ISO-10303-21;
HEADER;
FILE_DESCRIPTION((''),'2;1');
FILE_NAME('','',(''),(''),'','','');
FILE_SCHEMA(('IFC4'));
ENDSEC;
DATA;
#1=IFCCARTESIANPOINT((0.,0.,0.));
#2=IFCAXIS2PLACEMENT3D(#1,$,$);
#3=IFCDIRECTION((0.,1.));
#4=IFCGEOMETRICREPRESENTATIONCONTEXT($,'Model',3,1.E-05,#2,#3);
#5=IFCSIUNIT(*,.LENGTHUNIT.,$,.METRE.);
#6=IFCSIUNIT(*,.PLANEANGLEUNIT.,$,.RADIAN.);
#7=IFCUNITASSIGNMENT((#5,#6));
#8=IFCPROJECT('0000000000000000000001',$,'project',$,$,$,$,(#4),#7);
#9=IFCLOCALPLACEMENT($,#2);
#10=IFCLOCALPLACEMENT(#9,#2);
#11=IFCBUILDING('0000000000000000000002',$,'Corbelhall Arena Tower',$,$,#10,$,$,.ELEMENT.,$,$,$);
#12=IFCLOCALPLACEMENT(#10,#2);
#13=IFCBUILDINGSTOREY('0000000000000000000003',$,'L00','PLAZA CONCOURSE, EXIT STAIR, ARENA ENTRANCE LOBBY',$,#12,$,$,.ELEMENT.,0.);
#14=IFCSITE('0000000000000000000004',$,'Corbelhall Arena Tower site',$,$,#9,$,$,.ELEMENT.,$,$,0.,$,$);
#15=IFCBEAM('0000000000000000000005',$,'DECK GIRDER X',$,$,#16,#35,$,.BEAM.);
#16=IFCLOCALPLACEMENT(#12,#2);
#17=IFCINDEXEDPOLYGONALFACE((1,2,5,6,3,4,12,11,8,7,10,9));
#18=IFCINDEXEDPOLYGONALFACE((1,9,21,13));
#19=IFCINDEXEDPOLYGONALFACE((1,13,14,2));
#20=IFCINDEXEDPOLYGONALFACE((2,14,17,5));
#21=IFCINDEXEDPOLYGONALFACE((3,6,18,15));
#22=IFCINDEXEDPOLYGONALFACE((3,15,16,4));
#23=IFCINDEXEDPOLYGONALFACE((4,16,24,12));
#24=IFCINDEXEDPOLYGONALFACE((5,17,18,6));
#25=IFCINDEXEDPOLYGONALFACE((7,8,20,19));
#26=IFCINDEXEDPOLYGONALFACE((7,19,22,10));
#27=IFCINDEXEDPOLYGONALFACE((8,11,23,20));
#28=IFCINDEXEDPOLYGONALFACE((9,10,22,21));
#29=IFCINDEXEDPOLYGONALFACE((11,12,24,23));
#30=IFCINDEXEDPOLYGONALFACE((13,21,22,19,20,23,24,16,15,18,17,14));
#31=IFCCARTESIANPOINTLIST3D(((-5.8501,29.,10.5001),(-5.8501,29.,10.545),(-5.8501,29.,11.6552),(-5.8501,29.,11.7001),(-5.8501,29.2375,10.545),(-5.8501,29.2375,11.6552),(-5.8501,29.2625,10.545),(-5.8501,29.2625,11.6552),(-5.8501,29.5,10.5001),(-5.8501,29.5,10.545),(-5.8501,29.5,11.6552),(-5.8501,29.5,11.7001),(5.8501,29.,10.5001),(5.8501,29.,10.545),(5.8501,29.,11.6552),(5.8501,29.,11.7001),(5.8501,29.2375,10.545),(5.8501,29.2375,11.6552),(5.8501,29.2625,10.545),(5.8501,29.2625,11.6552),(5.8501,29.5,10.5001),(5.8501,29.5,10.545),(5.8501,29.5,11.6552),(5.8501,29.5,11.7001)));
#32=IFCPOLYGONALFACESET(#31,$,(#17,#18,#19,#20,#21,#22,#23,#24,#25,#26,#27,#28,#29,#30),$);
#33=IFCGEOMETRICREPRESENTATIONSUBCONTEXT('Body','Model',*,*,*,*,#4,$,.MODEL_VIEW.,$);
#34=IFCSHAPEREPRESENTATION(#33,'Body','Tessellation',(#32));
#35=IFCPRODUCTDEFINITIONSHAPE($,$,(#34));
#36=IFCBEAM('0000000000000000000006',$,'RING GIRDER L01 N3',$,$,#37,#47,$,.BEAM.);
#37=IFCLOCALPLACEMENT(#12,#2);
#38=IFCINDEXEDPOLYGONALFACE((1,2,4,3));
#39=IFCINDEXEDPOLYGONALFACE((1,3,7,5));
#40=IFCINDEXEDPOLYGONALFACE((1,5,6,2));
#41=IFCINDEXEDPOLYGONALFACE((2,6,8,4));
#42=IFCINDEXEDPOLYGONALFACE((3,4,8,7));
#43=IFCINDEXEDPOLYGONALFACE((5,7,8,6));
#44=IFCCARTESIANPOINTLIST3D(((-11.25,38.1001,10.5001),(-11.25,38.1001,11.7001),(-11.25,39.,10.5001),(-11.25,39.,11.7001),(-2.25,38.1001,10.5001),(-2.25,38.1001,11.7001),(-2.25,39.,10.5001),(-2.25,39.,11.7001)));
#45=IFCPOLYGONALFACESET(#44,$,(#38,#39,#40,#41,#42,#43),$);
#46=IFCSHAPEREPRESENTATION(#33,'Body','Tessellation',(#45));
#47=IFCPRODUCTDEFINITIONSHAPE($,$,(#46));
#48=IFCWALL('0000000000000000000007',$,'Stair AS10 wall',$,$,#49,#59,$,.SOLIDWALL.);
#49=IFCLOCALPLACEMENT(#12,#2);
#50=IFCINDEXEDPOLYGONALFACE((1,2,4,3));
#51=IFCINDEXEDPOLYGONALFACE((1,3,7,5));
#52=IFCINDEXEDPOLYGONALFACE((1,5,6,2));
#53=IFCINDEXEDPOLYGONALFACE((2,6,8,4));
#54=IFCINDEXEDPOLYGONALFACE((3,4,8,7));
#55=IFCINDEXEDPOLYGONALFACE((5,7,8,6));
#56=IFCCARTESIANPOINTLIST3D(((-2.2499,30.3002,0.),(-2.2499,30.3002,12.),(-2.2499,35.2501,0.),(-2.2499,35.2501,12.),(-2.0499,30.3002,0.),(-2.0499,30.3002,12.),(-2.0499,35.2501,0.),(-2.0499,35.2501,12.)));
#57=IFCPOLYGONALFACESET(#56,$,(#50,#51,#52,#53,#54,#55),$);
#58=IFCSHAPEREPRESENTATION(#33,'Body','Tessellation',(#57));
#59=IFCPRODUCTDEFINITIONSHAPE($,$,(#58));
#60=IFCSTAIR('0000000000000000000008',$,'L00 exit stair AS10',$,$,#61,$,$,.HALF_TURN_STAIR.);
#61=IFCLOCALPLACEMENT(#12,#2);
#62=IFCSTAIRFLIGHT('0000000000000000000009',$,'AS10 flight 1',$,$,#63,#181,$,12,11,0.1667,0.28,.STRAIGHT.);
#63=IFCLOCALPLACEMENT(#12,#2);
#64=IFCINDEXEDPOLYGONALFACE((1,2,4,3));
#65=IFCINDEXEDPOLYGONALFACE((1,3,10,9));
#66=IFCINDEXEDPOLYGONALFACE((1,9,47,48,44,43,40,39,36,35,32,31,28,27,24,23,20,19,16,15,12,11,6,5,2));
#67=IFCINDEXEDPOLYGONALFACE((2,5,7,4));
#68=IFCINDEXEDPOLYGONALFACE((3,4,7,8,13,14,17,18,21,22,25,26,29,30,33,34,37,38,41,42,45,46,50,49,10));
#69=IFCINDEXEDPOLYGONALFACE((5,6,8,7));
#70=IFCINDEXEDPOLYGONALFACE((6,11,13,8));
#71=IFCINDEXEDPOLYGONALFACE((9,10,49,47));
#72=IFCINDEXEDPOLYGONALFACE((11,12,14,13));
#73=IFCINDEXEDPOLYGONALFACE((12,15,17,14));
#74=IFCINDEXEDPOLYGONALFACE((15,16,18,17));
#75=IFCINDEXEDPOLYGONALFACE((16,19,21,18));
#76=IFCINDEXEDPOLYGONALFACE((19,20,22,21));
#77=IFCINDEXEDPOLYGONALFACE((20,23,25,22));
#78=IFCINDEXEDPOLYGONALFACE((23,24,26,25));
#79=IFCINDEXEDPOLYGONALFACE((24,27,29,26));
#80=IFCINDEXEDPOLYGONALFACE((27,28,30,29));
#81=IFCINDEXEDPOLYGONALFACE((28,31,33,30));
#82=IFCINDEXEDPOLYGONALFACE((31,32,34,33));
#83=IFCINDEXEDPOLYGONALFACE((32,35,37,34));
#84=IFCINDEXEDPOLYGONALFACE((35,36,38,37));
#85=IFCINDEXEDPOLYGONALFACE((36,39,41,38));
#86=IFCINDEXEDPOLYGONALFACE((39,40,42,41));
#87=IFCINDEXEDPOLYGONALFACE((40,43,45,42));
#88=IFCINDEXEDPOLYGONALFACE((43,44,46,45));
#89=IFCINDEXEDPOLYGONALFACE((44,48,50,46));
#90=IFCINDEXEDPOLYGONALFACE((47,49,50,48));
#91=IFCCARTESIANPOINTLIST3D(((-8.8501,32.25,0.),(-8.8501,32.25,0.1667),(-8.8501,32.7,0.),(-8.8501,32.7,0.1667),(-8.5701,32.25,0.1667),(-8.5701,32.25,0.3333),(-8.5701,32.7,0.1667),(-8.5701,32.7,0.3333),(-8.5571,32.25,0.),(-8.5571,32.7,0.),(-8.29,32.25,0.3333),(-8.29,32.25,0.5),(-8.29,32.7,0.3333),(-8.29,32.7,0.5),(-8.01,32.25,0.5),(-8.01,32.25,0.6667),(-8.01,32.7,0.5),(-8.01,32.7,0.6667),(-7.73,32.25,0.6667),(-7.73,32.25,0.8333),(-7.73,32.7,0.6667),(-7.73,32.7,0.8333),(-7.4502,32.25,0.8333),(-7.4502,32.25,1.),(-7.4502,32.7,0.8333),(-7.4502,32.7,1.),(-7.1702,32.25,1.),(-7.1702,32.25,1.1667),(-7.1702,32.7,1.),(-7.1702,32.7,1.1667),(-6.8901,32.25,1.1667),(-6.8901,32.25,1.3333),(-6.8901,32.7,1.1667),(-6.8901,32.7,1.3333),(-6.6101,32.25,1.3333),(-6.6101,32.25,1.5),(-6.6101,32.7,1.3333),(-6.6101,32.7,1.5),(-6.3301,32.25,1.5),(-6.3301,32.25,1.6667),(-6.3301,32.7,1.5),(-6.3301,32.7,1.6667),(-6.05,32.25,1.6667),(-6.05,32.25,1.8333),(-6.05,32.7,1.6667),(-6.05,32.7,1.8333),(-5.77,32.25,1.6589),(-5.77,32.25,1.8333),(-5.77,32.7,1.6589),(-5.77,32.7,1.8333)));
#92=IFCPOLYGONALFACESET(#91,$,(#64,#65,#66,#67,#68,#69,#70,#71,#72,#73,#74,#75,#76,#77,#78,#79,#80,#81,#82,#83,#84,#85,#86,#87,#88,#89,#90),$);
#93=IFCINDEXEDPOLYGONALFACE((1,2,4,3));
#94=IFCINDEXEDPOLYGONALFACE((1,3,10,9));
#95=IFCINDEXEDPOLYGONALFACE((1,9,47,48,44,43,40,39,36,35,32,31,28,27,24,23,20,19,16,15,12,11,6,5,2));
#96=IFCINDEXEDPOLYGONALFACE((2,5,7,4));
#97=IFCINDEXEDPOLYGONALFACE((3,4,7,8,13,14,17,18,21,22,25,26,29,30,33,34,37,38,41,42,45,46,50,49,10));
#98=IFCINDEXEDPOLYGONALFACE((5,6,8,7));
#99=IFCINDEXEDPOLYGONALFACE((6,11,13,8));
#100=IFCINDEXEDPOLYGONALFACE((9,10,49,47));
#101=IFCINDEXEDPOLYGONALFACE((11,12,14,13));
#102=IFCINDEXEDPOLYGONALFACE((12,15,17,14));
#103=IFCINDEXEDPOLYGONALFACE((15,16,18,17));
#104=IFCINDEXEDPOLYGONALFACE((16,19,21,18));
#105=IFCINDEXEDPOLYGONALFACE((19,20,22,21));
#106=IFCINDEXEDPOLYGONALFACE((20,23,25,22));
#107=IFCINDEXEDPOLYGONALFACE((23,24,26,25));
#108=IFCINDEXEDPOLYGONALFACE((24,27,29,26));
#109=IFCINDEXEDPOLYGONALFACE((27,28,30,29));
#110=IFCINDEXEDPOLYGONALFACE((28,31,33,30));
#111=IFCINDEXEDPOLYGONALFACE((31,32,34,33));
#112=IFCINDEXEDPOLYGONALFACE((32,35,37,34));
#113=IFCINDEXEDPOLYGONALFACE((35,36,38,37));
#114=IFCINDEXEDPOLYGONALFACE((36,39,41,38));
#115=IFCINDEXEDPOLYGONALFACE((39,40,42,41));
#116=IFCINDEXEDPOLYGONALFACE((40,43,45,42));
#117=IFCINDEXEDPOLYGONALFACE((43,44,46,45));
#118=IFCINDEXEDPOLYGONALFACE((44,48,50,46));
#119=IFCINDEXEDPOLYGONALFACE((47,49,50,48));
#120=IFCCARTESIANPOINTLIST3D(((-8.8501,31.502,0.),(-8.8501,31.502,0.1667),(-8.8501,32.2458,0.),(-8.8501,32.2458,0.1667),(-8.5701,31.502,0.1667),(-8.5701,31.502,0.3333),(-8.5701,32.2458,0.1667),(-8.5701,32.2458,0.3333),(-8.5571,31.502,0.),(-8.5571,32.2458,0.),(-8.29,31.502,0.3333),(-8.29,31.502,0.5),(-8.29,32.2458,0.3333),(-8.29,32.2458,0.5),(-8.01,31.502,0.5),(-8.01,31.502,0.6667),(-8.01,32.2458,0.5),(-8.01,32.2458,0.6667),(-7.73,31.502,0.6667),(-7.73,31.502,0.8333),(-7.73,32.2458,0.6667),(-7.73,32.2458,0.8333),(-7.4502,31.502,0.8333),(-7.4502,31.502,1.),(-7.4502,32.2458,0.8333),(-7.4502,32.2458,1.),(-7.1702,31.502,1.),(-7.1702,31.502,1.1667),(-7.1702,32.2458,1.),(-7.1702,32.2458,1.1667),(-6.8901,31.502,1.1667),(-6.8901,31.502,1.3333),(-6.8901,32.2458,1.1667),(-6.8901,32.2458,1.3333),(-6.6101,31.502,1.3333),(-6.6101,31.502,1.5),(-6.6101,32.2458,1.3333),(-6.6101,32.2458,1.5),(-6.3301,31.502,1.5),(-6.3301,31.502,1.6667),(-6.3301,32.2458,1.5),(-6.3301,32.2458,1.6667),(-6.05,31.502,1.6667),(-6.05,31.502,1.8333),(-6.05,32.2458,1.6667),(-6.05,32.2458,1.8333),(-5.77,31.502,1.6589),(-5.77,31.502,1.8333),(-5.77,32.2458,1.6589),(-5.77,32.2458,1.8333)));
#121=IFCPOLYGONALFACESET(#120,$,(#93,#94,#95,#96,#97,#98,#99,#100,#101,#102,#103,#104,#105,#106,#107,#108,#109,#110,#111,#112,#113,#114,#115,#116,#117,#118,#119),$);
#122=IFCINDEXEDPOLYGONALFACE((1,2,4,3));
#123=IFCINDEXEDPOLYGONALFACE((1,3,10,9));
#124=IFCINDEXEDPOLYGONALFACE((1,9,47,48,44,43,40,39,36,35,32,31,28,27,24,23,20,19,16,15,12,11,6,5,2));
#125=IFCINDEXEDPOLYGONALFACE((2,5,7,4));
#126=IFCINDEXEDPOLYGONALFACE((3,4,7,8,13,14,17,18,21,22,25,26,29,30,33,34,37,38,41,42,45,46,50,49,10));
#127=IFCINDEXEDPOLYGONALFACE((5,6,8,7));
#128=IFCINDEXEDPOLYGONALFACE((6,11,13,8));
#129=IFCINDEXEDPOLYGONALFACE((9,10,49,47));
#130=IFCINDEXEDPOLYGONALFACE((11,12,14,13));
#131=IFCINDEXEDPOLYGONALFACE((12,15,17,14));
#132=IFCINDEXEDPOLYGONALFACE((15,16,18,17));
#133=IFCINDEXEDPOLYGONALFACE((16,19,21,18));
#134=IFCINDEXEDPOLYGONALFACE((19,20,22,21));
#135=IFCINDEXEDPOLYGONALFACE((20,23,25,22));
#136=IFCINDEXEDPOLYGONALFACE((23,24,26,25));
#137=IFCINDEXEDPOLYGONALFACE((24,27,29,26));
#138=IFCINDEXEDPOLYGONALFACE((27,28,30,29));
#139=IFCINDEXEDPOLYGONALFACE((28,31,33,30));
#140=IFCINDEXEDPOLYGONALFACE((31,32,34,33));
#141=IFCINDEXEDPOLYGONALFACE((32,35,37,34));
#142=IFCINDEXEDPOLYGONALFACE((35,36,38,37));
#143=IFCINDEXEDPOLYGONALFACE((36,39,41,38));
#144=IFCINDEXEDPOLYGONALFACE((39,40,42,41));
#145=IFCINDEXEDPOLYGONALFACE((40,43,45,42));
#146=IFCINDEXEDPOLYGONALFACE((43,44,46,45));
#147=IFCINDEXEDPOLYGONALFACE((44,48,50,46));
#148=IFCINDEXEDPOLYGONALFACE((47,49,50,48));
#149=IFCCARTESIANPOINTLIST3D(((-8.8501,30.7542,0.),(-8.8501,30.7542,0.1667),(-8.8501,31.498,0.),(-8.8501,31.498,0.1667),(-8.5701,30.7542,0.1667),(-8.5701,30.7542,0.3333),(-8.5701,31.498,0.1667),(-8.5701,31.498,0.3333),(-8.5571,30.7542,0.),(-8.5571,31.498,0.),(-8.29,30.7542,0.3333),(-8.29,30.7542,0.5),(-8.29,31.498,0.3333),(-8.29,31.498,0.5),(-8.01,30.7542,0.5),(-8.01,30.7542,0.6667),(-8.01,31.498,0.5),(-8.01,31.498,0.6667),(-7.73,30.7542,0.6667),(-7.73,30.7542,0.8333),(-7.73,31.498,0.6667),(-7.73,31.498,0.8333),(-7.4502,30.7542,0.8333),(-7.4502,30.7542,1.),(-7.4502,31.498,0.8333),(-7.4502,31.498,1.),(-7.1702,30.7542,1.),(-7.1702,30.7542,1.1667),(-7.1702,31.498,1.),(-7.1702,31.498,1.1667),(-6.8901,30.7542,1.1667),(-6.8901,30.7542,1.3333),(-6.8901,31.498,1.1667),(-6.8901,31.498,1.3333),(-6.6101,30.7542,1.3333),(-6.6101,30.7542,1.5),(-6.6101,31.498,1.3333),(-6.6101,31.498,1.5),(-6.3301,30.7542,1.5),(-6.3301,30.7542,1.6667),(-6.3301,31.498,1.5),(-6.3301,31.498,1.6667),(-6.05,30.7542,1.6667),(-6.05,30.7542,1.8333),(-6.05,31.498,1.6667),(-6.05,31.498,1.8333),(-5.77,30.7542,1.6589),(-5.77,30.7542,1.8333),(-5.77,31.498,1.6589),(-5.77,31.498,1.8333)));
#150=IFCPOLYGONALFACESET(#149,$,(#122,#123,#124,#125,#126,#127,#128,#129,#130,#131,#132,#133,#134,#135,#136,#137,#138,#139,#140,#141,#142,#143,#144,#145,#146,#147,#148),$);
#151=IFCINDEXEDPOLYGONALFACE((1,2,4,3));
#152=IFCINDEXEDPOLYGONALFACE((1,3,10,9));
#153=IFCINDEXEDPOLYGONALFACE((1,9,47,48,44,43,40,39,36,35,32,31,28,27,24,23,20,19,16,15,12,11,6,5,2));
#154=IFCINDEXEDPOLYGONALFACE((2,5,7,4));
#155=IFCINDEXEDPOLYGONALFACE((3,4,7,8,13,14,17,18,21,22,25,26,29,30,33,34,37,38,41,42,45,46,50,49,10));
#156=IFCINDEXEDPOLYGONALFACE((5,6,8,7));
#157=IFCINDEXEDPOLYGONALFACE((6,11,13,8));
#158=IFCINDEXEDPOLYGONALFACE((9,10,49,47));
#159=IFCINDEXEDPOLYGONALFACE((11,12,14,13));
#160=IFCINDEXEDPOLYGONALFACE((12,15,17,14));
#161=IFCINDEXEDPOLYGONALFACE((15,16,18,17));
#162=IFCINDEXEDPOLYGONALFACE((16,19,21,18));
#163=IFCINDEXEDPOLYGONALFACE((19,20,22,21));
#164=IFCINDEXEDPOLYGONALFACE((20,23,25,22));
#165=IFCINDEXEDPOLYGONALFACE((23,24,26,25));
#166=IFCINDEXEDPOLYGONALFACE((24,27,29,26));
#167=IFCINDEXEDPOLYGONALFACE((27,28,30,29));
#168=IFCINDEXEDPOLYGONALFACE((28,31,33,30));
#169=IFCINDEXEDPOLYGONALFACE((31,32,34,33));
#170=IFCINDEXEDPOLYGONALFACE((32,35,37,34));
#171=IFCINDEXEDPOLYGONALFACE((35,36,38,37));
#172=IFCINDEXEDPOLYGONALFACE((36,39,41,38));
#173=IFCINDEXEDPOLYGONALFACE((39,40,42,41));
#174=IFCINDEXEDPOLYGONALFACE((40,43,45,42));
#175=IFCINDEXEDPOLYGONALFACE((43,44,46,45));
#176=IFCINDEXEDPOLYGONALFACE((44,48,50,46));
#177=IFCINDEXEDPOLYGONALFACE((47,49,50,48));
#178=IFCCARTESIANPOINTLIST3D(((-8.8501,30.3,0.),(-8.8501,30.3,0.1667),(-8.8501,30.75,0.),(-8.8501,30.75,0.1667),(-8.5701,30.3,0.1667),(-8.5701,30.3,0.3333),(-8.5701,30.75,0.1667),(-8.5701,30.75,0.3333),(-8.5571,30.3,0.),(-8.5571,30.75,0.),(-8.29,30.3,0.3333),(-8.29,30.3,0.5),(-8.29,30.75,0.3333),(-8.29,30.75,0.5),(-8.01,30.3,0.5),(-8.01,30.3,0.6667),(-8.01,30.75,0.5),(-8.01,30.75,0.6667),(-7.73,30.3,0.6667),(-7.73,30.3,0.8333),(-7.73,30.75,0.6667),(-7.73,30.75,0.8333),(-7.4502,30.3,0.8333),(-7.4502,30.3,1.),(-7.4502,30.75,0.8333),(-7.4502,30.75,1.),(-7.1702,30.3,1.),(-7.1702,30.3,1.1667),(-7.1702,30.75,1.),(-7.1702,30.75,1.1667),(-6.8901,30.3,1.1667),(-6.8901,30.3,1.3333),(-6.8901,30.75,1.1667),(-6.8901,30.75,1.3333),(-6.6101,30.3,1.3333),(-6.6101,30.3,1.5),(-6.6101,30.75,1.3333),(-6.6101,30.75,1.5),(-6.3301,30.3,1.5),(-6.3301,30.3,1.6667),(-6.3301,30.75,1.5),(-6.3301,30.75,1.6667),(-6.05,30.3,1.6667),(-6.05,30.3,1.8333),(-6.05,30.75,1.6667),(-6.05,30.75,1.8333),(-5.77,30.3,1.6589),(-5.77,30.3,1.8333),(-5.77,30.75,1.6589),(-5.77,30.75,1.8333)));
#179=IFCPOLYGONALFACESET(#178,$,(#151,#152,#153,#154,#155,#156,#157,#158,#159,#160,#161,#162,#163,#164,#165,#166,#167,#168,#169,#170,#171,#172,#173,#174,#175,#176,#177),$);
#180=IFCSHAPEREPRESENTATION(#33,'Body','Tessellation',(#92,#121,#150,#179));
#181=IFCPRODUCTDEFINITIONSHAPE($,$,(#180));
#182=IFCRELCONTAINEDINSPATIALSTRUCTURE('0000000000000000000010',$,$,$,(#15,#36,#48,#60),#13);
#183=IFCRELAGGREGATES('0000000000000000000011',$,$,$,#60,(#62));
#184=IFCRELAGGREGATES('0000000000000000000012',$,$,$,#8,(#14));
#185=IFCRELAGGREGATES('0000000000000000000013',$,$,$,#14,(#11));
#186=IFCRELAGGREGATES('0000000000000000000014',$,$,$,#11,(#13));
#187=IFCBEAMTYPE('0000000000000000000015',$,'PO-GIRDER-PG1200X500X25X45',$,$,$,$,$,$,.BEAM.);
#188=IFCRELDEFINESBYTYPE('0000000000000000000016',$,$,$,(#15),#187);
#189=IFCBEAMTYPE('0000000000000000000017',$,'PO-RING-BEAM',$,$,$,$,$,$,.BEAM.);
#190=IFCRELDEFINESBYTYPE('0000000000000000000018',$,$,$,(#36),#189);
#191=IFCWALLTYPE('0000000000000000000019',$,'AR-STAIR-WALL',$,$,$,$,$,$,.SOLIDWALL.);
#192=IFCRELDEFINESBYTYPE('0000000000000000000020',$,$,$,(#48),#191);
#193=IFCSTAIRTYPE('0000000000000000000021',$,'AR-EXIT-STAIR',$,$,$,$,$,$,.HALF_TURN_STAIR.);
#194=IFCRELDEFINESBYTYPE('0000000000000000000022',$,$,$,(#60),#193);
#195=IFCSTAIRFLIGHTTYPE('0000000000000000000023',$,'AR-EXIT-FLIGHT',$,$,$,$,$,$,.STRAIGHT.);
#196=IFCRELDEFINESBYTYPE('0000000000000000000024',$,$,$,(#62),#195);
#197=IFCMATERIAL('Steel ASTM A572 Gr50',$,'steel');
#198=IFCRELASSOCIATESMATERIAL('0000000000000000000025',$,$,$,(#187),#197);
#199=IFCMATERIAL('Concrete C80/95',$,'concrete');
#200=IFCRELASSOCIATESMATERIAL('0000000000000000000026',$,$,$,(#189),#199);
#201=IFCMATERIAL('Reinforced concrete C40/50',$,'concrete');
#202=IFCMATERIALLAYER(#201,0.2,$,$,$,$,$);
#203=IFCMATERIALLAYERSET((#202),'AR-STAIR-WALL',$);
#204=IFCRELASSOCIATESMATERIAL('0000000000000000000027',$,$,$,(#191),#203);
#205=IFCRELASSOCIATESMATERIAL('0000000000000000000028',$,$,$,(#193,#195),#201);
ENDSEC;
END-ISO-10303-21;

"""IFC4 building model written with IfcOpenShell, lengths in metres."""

from ifc_helpers import new_model, si_unit, direction, frame, frame_2d, origin, origin_2d, place, context, subcontext, project, spatial, polyline, rectangle, i_section, outline, extrude, material, layer, layer_set, material_profile, profile_set, type_object, element, aggregate, save


model = new_model("IFC4")

# Units and contexts
model_context = context("Model", 3, precision=1e-05, world=origin(), true_north=direction((0.0, 1.0)))
body_context = subcontext(model_context, "Body", "Model", "MODEL_VIEW")
ifc_project = project(units=[si_unit("LENGTHUNIT", "METRE"), si_unit("PLANEANGLEUNIT", "RADIAN")], contexts=[model_context])

# Site, building, storey
site_placement = place(None, origin())
site = spatial("IfcSite", under=ifc_project, at=site_placement, Name="Corbelhall Arena Tower site", CompositionType="ELEMENT", RefElevation=0.0)
building_placement = place(site_placement, origin())
building = spatial("IfcBuilding", under=site, at=building_placement, Name="Corbelhall Arena Tower", CompositionType="ELEMENT")
storey_placement = place(building_placement, origin())
storey = spatial("IfcBuildingStorey", under=building, at=storey_placement, Name="L00", Description="PLAZA CONCOURSE, EXIT STAIR, ARENA ENTRANCE LOBBY", CompositionType="ELEMENT", Elevation=0.0)

# Shared definitions
ifc_material_1 = material(Name="Concrete C80/95", Category="concrete")

# Beams
ifc_material_2 = material(Name="Steel ASTM A572 Gr50", Category="steel")
ifc_material_profile_1 = material_profile(ifc_material_2, i_section(OverallWidth=0.5, OverallDepth=1.2, WebThickness=0.0249, FlangeThickness=0.0449, at=origin_2d()))
ifc_profile_set_1 = profile_set([ifc_material_profile_1], Name="Steel ASTM A572 Gr50")
beam_type_1 = type_object("IfcBeamType", Name="PO-GIRDER-PG1200X500X25X45", PredefinedType="BEAM", material=ifc_profile_set_1)
beam_1_placement = place(storey_placement, frame((-5.8501, 29.25, 11.1001), z_axis=(1.0, 0.0, 0.0), x_axis=(0.0, 1.0, 0.0)))
element("IfcBeam", 1, at=beam_1_placement, inside=storey, type_object=beam_type_1, Name="DECK GIRDER X", PredefinedType="BEAM", context=body_context, shape_type="SweptSolid", body=[
    extrude(i_section(OverallWidth=0.5, OverallDepth=1.2, WebThickness=0.0249, FlangeThickness=0.0449, at=origin_2d()), origin(), (0.0, 0.0, 1.0), 11.7002),
])
ifc_material_profile_2 = material_profile(ifc_material_1, rectangle(XDim=0.8999, YDim=1.2, at=origin_2d()))
ifc_profile_set_2 = profile_set([ifc_material_profile_2], Name="Concrete C80/95")
beam_type_2 = type_object("IfcBeamType", Name="PO-RING-BEAM", PredefinedType="BEAM", material=ifc_profile_set_2)
beam_2_placement = place(storey_placement, frame((-11.25, 38.55, 11.1001), z_axis=(1.0, 0.0, 0.0), x_axis=(0.0, 1.0, 0.0)))
element("IfcBeam", 2, at=beam_2_placement, inside=storey, type_object=beam_type_2, Name="RING GIRDER L01 N3", PredefinedType="BEAM", context=body_context, shape_type="SweptSolid", body=[
    extrude(rectangle(XDim=0.8999, YDim=1.2, at=origin_2d()), origin(), (0.0, 0.0, 1.0), 9.0),
])

# Shared definitions
ifc_material_3 = material(Name="Reinforced concrete C40/50", Category="concrete")
ifc_layer = layer(ifc_material_3, 0.2)
ifc_layer_set = layer_set([ifc_layer], Name="AR-STAIR-WALL")
wall_type = type_object("IfcWallType", Name="AR-STAIR-WALL", PredefinedType="SOLIDWALL", material=ifc_layer_set)

# Wall
wall_1_placement = place(storey_placement, frame((-2.1499, 30.3, 0.0), z_axis=(0.0, 0.0, 1.0), x_axis=(0.0, 1.0, 0.0)))
element("IfcWall", 3, at=wall_1_placement, inside=storey, type_object=wall_type, Name="Stair AS10 wall", PredefinedType="SOLIDWALL", context=body_context, shape_type="SweptSolid", body=[
    extrude(rectangle(XDim=4.95, YDim=0.2, at=frame_2d((2.4751, 0.0))), origin(), (0.0, 0.0, 1.0), 12.0),
])

# Stair, stair flight
stair_type = type_object("IfcStairType", Name="AR-EXIT-STAIR", PredefinedType="HALF_TURN_STAIR", material=ifc_material_3)
stair_placement = place(storey_placement, origin())
stair = element("IfcStair", 4, at=stair_placement, inside=storey, type_object=stair_type, Name="L00 exit stair AS10", PredefinedType="HALF_TURN_STAIR")
stair_flight_type = type_object("IfcStairFlightType", Name="AR-EXIT-FLIGHT", PredefinedType="STRAIGHT", material=ifc_material_3)
stair_flight_1_placement = place(storey_placement, frame((-8.8501, 31.5, 0.0), z_axis=(0.0, 0.0, 1.0), x_axis=(1.0, 0.0, 0.0)))
stair_flight_1 = element("IfcStairFlight", 5, at=stair_flight_1_placement, type_object=stair_flight_type, Name="AS10 flight 1", NumberOfRisers=12, NumberOfTreads=11, PredefinedType="STRAIGHT", RiserHeight=0.1667, TreadLength=0.28, context=body_context, shape_type="SweptSolid", body=[
    extrude(outline(polyline([(0.0, 0.0), (0.0, 0.1667), (0.28, 0.1667), (0.28, 0.3333), (0.5601, 0.3333), (0.5601, 0.5), (0.8401, 0.5), (0.8401, 0.6667), (1.1201, 0.6667), (1.1201, 0.8333), (1.3999, 0.8333), (1.3999, 1.0), (1.6799, 1.0), (1.6799, 1.1667), (1.96, 1.1667), (1.96, 1.3333), (2.24, 1.3333), (2.24, 1.5), (2.52, 1.5), (2.52, 1.6667), (2.8, 1.6667), (2.8, 1.8333), (3.0801, 1.8333), (3.0801, 2.0), (3.0801, 1.6589), (0.293, 0.0), (0.0, 0.0)])), frame((0.0, 1.2, 0.0), z_axis=(0.0, -1.0, 0.0), x_axis=(1.0, 0.0, 0.0)), (0.0, 0.0, 1.0), 0.45),
    extrude(outline(polyline([(0.0, 0.0), (0.0, 0.1667), (0.28, 0.1667), (0.28, 0.3333), (0.5601, 0.3333), (0.5601, 0.5), (0.8401, 0.5), (0.8401, 0.6667), (1.1201, 0.6667), (1.1201, 0.8333), (1.3999, 0.8333), (1.3999, 1.0), (1.6799, 1.0), (1.6799, 1.1667), (1.96, 1.1667), (1.96, 1.3333), (2.24, 1.3333), (2.24, 1.5), (2.52, 1.5), (2.52, 1.6667), (2.8, 1.6667), (2.8, 1.8333), (3.0801, 1.8333), (3.0801, 2.0), (3.0801, 1.6589), (0.293, 0.0), (0.0, 0.0)])), frame((0.0, 0.7458, 0.0), z_axis=(0.0, -1.0, 0.0), x_axis=(1.0, 0.0, 0.0)), (0.0, 0.0, 1.0), 0.7439),
    extrude(outline(polyline([(0.0, 0.0), (0.0, 0.1667), (0.28, 0.1667), (0.28, 0.3333), (0.5601, 0.3333), (0.5601, 0.5), (0.8401, 0.5), (0.8401, 0.6667), (1.1201, 0.6667), (1.1201, 0.8333), (1.3999, 0.8333), (1.3999, 1.0), (1.6799, 1.0), (1.6799, 1.1667), (1.96, 1.1667), (1.96, 1.3333), (2.24, 1.3333), (2.24, 1.5), (2.52, 1.5), (2.52, 1.6667), (2.8, 1.6667), (2.8, 1.8333), (3.0801, 1.8333), (3.0801, 2.0), (3.0801, 1.6589), (0.293, 0.0), (0.0, 0.0)])), frame((0.0, -0.002, 0.0), z_axis=(0.0, -1.0, 0.0), x_axis=(1.0, 0.0, 0.0)), (0.0, 0.0, 1.0), 0.7439),
    extrude(outline(polyline([(0.0, 0.0), (0.0, 0.1667), (0.28, 0.1667), (0.28, 0.3333), (0.5601, 0.3333), (0.5601, 0.5), (0.8401, 0.5), (0.8401, 0.6667), (1.1201, 0.6667), (1.1201, 0.8333), (1.3999, 0.8333), (1.3999, 1.0), (1.6799, 1.0), (1.6799, 1.1667), (1.96, 1.1667), (1.96, 1.3333), (2.24, 1.3333), (2.24, 1.5), (2.52, 1.5), (2.52, 1.6667), (2.8, 1.6667), (2.8, 1.8333), (3.0801, 1.8333), (3.0801, 2.0), (3.0801, 1.6589), (0.293, 0.0), (0.0, 0.0)])), frame((0.0, -0.75, 0.0), z_axis=(0.0, -1.0, 0.0), x_axis=(1.0, 0.0, 0.0)), (0.0, 0.0, 1.0), 0.45),
])
aggregate(stair, [stair_flight_1])

save(model, "model.ifc")
